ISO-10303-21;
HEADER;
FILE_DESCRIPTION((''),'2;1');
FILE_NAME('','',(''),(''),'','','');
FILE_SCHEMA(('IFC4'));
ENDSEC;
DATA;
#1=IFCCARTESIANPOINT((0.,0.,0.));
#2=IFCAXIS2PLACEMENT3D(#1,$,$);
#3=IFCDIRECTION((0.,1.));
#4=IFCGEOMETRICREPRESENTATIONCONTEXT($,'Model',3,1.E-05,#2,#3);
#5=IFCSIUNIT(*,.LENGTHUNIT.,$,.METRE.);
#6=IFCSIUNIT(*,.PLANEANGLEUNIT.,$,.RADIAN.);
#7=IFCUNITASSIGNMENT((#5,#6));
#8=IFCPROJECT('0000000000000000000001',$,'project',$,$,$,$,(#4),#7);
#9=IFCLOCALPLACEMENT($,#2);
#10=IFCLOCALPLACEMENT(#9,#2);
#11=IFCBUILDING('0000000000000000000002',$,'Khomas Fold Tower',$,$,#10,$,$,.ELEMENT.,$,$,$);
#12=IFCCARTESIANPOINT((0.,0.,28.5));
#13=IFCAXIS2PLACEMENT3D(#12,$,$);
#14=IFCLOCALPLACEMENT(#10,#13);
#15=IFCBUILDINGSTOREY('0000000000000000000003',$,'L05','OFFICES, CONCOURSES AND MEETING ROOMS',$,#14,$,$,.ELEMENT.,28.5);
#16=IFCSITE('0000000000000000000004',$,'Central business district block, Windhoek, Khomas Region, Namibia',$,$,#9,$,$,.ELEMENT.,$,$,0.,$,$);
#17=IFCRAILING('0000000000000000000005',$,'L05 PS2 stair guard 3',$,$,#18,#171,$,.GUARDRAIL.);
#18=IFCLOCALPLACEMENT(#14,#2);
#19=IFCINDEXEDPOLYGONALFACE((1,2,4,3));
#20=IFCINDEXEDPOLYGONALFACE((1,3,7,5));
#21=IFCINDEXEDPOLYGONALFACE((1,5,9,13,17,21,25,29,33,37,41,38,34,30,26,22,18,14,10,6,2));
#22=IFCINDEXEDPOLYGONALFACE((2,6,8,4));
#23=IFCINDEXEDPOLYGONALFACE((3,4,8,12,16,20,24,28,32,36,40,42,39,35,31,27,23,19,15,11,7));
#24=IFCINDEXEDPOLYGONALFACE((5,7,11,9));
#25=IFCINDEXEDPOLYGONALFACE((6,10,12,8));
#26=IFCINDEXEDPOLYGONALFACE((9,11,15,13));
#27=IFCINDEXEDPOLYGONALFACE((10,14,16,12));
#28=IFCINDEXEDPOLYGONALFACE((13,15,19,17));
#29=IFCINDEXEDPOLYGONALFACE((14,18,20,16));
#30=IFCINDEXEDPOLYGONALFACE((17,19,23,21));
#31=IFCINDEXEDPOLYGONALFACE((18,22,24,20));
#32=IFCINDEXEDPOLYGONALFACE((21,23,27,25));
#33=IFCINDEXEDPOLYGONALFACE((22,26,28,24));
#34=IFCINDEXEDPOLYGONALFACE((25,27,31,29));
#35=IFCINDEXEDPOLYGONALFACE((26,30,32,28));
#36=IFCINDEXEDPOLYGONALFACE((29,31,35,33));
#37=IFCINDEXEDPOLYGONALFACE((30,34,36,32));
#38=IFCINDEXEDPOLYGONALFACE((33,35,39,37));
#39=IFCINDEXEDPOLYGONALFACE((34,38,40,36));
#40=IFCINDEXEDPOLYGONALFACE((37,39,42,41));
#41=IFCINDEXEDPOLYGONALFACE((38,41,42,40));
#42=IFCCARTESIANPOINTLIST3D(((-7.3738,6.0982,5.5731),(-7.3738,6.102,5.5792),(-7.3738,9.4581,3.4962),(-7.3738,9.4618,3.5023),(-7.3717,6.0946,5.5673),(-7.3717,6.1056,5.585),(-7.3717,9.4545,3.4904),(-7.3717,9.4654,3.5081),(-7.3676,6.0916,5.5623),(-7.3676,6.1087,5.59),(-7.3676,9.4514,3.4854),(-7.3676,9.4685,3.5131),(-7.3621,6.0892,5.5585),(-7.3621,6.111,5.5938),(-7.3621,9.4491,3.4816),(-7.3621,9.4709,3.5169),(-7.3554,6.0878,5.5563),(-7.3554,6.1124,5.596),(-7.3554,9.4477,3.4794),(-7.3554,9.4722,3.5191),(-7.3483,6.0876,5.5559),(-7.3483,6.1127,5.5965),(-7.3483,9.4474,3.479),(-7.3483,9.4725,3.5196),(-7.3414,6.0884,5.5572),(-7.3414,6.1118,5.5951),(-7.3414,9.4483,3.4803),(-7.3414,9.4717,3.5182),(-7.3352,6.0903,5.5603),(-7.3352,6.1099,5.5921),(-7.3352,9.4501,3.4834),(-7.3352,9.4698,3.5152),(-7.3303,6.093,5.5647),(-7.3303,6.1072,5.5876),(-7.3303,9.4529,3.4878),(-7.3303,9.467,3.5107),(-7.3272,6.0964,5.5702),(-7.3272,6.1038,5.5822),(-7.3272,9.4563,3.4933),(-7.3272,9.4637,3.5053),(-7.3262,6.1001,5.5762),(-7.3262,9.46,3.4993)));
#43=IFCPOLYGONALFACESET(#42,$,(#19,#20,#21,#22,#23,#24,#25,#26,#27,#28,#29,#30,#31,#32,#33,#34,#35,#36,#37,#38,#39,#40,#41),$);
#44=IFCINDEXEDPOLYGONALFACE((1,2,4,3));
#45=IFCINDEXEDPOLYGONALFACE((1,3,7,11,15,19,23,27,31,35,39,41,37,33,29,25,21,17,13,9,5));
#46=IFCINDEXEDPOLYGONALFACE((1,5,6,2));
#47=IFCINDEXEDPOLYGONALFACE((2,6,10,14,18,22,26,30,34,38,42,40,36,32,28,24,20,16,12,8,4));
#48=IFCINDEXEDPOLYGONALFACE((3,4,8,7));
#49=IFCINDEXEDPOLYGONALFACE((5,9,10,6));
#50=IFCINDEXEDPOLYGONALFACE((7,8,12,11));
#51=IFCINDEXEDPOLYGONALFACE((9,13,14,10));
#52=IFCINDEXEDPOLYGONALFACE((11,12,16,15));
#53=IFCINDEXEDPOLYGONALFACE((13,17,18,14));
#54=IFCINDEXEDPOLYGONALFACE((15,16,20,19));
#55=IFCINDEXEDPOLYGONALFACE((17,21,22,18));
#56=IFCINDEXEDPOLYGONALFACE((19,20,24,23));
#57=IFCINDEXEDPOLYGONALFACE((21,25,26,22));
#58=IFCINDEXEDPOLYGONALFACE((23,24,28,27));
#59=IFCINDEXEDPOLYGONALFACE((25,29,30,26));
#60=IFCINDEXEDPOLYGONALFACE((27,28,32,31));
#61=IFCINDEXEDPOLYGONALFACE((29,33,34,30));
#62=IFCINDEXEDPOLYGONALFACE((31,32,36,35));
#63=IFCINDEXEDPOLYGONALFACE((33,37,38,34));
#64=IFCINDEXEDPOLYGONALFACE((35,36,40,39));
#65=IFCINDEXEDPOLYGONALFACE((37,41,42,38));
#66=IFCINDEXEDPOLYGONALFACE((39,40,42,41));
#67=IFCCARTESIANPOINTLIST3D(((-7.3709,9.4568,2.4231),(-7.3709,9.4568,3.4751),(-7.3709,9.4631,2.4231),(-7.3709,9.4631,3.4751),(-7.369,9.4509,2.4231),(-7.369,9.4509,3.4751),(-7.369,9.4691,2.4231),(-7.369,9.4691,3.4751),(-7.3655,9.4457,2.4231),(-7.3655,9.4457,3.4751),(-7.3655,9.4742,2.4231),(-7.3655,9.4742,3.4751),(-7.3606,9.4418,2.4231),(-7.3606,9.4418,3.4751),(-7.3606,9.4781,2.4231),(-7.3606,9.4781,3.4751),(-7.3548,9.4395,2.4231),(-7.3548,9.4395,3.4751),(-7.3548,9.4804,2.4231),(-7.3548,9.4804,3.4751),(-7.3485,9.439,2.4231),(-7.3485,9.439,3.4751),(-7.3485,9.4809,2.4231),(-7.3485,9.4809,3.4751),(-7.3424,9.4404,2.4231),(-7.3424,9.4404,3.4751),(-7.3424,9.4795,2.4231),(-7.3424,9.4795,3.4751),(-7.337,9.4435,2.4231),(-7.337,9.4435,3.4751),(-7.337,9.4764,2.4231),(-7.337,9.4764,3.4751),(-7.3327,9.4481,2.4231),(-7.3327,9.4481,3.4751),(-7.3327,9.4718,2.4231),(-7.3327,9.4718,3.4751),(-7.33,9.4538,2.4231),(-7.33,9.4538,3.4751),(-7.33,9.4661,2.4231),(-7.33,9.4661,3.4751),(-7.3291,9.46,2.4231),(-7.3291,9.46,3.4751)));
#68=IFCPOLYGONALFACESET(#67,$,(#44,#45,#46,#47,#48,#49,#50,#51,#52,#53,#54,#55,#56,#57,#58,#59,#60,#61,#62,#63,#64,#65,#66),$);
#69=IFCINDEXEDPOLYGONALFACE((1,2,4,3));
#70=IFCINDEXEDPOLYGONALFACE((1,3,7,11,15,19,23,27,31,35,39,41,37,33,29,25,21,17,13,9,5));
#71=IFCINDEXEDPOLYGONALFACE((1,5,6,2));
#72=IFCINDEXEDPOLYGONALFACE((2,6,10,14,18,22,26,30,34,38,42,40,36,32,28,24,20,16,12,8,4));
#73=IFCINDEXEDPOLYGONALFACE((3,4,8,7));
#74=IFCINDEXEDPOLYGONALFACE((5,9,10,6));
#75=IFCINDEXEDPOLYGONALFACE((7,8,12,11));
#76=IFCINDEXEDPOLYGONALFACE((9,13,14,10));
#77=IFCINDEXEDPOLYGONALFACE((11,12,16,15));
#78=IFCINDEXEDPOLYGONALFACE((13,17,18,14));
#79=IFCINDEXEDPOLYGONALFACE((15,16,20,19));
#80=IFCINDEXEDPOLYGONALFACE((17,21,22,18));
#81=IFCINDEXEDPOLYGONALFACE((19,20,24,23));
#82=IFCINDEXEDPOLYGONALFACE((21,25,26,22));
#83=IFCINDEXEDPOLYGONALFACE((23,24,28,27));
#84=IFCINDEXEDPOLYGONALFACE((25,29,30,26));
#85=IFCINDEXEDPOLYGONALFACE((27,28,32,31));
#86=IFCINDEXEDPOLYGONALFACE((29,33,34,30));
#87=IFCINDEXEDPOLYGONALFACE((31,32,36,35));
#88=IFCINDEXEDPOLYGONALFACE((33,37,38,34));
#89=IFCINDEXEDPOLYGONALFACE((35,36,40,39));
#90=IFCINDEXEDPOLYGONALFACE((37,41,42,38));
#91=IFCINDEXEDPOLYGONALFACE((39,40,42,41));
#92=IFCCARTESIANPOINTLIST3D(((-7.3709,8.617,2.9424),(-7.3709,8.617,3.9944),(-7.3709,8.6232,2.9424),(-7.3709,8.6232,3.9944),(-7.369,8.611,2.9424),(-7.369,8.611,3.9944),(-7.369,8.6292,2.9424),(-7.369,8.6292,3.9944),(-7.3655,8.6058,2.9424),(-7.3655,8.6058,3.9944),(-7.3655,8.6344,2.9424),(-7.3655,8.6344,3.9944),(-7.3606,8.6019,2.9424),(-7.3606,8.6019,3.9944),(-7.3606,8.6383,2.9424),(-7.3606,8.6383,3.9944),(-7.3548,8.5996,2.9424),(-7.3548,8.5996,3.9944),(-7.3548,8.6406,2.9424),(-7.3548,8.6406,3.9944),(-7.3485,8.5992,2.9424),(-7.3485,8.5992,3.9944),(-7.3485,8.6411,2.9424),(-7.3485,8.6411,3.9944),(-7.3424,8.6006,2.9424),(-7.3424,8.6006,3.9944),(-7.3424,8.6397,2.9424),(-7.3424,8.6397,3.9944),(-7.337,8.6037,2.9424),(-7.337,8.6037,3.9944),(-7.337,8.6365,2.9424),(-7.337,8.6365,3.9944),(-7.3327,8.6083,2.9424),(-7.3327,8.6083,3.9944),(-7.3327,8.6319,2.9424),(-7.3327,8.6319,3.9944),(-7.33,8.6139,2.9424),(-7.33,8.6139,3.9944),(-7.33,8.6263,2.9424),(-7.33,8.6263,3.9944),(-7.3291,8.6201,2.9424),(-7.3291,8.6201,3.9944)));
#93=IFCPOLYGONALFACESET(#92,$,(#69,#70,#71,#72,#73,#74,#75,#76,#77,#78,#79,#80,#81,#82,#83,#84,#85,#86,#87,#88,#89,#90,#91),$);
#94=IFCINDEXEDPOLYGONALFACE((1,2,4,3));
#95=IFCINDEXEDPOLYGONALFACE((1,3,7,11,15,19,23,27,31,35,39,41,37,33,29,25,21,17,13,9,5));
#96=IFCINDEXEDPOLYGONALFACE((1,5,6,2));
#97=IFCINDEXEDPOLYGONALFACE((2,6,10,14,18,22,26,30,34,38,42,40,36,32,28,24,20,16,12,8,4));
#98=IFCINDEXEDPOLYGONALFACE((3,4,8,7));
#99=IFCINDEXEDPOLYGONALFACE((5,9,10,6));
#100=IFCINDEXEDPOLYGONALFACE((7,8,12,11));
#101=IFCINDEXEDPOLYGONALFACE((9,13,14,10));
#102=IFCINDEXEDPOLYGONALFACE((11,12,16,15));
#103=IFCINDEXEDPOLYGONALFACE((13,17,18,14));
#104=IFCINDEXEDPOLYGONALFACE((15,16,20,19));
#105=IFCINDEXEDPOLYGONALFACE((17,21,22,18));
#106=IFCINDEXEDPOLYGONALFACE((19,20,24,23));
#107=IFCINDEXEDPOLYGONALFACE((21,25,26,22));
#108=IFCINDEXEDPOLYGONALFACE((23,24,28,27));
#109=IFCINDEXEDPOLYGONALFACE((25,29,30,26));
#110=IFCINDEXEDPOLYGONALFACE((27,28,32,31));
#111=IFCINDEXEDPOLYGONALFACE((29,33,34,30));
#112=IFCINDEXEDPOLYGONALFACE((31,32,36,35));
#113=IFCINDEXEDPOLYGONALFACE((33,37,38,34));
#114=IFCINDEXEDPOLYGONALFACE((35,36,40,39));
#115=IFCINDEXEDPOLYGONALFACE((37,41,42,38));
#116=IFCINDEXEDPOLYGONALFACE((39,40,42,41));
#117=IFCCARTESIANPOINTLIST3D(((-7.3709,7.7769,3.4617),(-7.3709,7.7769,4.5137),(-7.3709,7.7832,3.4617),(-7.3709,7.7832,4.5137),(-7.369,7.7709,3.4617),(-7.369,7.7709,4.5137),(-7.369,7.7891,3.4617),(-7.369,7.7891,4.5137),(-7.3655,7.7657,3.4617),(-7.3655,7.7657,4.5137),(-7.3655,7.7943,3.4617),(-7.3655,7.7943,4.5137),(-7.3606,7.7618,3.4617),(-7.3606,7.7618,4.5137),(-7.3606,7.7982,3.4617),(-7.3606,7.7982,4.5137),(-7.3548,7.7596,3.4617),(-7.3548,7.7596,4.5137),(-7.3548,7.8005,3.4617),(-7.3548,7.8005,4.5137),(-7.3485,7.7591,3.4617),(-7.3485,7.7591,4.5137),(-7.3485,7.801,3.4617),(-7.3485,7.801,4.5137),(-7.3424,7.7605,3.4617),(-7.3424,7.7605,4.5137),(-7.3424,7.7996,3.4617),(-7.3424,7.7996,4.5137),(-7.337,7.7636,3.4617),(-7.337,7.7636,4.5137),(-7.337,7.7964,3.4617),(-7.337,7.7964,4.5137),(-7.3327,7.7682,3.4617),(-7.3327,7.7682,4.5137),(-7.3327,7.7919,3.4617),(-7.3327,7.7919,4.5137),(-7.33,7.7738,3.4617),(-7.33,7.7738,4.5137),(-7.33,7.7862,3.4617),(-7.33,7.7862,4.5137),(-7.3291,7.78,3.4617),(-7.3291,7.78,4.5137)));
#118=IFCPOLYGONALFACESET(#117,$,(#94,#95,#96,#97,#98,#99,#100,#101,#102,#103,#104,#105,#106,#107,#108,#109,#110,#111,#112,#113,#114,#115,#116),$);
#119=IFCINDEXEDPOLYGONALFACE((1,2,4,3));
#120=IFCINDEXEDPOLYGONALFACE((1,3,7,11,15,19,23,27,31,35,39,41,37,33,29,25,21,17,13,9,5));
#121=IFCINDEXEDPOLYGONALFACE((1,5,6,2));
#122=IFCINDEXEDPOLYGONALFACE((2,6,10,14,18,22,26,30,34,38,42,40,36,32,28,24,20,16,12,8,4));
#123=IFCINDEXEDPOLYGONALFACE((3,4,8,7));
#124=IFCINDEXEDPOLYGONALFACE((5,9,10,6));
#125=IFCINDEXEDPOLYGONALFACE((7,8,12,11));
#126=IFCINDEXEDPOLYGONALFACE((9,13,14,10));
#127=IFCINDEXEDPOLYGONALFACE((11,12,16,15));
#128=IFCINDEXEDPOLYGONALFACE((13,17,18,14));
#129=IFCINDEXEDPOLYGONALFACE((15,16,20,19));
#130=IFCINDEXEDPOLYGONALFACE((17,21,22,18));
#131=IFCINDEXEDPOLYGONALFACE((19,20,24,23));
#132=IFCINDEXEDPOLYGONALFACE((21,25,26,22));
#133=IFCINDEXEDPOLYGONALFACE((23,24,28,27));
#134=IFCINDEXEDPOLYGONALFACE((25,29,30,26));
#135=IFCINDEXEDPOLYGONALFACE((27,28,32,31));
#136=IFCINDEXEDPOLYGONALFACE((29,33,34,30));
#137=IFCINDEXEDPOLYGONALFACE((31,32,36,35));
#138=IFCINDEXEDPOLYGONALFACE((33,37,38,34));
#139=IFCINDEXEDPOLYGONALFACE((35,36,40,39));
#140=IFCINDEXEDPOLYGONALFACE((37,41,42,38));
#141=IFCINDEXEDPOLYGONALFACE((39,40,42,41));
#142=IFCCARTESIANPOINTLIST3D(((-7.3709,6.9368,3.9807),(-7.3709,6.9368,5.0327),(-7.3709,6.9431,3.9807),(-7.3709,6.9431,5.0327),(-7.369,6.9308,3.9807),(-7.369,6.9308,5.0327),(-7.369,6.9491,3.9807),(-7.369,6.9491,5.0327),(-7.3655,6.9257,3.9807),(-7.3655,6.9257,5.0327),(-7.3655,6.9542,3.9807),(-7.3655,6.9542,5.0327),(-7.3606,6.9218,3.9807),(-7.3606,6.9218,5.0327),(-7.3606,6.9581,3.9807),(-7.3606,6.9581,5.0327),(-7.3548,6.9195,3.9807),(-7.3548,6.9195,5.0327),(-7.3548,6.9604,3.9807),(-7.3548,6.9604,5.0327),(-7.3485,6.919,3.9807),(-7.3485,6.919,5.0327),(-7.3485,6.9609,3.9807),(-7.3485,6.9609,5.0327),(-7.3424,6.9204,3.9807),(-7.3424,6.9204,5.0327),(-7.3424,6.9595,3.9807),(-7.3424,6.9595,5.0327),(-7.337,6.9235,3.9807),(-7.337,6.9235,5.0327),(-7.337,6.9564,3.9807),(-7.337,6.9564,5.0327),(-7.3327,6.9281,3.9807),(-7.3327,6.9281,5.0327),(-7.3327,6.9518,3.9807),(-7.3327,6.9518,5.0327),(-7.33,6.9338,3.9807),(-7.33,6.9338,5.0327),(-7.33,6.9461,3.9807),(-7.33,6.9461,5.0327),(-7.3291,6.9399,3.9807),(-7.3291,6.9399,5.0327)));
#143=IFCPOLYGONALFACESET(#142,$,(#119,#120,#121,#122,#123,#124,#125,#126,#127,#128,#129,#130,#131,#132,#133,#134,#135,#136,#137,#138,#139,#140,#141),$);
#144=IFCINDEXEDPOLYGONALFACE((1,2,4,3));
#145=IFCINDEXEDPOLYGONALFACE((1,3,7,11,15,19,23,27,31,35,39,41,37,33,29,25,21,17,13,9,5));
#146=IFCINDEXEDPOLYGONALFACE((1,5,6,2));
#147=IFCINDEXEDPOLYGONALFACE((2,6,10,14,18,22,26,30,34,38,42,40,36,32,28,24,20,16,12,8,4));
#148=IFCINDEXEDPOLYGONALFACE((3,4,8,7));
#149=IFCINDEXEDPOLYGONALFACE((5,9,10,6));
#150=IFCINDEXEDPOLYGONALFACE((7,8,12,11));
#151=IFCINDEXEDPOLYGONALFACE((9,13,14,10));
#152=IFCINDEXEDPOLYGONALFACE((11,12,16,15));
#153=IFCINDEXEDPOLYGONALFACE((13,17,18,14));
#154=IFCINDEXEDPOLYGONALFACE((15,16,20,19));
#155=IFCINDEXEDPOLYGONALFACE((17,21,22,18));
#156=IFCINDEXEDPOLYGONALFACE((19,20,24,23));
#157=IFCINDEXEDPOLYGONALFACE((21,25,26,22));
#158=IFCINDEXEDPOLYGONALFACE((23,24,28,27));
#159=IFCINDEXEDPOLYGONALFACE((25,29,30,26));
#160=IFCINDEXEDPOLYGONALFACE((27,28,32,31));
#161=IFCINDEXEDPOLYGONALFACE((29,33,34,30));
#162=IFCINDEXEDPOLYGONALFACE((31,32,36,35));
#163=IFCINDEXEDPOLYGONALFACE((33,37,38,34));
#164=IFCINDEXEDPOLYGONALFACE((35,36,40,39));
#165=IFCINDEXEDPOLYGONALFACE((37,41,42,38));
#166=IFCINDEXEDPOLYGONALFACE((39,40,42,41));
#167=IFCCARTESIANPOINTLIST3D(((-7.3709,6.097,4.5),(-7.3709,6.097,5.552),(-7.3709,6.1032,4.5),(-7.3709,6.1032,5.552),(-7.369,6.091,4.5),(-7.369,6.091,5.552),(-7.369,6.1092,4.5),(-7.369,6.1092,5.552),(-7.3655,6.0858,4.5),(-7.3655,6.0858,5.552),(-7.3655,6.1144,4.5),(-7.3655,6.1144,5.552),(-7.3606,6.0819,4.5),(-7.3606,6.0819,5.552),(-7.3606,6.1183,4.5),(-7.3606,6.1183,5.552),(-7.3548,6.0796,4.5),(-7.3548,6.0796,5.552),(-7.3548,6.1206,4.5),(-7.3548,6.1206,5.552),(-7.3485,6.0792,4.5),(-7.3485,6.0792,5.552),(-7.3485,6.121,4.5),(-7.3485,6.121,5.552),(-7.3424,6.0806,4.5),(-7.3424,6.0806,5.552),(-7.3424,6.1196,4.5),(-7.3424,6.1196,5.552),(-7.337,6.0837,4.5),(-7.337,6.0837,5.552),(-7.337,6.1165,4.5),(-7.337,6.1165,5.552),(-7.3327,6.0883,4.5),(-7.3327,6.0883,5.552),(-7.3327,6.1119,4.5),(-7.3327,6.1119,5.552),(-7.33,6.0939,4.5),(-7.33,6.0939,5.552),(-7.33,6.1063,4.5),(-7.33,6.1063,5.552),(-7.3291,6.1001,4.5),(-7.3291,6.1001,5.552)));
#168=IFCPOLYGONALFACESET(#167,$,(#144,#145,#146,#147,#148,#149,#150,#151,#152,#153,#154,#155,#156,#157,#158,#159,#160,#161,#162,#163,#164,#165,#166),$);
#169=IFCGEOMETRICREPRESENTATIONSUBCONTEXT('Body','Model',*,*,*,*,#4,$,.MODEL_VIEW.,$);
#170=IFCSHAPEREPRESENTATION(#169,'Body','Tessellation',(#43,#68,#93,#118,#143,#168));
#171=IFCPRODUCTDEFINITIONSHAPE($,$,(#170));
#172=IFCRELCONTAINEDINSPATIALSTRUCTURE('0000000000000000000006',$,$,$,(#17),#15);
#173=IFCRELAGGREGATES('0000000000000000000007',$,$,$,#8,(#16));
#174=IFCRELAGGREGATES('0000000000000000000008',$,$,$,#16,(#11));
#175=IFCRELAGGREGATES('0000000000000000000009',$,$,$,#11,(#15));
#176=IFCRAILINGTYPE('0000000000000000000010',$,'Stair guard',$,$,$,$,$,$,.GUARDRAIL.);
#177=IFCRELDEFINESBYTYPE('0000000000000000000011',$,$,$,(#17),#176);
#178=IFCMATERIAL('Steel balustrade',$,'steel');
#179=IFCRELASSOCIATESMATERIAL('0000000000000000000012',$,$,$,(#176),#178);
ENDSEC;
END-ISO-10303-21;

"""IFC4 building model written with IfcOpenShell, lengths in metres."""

from ifc_helpers import new_model, si_unit, direction, frame, origin, origin_2d, place, context, subcontext, project, spatial, circle, extrude, source, transform, mapped, material, type_object, element, save


model = new_model("IFC4")

# Units and contexts
model_context = context("Model", 3, precision=1e-05, world=origin(), true_north=direction((0.0, 1.0)))
body_context = subcontext(model_context, "Body", "Model", "MODEL_VIEW")
ifc_project = project(units=[si_unit("LENGTHUNIT", "METRE"), si_unit("PLANEANGLEUNIT", "RADIAN")], contexts=[model_context])

# Site, building, storey
site_placement = place(None, origin())
site = spatial("IfcSite", under=ifc_project, at=site_placement, Name="Central business district block, Windhoek, Khomas Region, Namibia", CompositionType="ELEMENT", RefElevation=0.0)
building_placement = place(site_placement, origin())
building = spatial("IfcBuilding", under=site, at=building_placement, Name="Khomas Fold Tower", CompositionType="ELEMENT")
storey_placement = place(building_placement, frame((0.0, 0.0, 28.5)))
storey = spatial("IfcBuildingStorey", under=building, at=storey_placement, Name="L05", Description="OFFICES, CONCOURSES AND MEETING ROOMS", CompositionType="ELEMENT", Elevation=28.5)

# Railing
ifc_material_1 = material(Name="Steel balustrade", Category="steel")
railing_type_1 = type_object("IfcRailingType", Name="Stair guard", PredefinedType="GUARDRAIL", material=ifc_material_1)
shared_shape_1 = source(origin(), body_context, "Body", "SweptSolid", [
    extrude(circle(Radius=0.0239, at=origin_2d()), frame((0.0, 0.0, 1.0762), z_axis=(0.0, -0.850606, 0.525803), x_axis=(1.0, 0.0, 0.0)), (0.0, 0.0, 1.0), 3.95),
    extrude(circle(Radius=0.021, at=origin_2d()), origin(), (0.0, 0.0, 1.0), 1.052),
    extrude(circle(Radius=0.021, at=origin_2d()), frame((0.0, -0.8398, 0.5193)), (0.0, 0.0, 1.0), 1.052),
    extrude(circle(Radius=0.021, at=origin_2d()), frame((0.0, -1.6799, 1.0386)), (0.0, 0.0, 1.0), 1.052),
    extrude(circle(Radius=0.021, at=origin_2d()), frame((0.0, -2.52, 1.5576)), (0.0, 0.0, 1.0), 1.052),
    extrude(circle(Radius=0.021, at=origin_2d()), frame((0.0, -3.3599, 2.0769)), (0.0, 0.0, 1.0), 1.052),
])
railing_1_placement = place(storey_placement, frame((-7.3501, 9.46, 2.4231)))
element("IfcRailing", 1, at=railing_1_placement, inside=storey, type_object=railing_type_1, Name="L05 PS2 stair guard 3", PredefinedType="GUARDRAIL", context=body_context, shape_type="MappedRepresentation", body=[
    mapped(shared_shape_1, transform((0.0, 0.0, 0.0))),
])

save(model, "model.ifc")
